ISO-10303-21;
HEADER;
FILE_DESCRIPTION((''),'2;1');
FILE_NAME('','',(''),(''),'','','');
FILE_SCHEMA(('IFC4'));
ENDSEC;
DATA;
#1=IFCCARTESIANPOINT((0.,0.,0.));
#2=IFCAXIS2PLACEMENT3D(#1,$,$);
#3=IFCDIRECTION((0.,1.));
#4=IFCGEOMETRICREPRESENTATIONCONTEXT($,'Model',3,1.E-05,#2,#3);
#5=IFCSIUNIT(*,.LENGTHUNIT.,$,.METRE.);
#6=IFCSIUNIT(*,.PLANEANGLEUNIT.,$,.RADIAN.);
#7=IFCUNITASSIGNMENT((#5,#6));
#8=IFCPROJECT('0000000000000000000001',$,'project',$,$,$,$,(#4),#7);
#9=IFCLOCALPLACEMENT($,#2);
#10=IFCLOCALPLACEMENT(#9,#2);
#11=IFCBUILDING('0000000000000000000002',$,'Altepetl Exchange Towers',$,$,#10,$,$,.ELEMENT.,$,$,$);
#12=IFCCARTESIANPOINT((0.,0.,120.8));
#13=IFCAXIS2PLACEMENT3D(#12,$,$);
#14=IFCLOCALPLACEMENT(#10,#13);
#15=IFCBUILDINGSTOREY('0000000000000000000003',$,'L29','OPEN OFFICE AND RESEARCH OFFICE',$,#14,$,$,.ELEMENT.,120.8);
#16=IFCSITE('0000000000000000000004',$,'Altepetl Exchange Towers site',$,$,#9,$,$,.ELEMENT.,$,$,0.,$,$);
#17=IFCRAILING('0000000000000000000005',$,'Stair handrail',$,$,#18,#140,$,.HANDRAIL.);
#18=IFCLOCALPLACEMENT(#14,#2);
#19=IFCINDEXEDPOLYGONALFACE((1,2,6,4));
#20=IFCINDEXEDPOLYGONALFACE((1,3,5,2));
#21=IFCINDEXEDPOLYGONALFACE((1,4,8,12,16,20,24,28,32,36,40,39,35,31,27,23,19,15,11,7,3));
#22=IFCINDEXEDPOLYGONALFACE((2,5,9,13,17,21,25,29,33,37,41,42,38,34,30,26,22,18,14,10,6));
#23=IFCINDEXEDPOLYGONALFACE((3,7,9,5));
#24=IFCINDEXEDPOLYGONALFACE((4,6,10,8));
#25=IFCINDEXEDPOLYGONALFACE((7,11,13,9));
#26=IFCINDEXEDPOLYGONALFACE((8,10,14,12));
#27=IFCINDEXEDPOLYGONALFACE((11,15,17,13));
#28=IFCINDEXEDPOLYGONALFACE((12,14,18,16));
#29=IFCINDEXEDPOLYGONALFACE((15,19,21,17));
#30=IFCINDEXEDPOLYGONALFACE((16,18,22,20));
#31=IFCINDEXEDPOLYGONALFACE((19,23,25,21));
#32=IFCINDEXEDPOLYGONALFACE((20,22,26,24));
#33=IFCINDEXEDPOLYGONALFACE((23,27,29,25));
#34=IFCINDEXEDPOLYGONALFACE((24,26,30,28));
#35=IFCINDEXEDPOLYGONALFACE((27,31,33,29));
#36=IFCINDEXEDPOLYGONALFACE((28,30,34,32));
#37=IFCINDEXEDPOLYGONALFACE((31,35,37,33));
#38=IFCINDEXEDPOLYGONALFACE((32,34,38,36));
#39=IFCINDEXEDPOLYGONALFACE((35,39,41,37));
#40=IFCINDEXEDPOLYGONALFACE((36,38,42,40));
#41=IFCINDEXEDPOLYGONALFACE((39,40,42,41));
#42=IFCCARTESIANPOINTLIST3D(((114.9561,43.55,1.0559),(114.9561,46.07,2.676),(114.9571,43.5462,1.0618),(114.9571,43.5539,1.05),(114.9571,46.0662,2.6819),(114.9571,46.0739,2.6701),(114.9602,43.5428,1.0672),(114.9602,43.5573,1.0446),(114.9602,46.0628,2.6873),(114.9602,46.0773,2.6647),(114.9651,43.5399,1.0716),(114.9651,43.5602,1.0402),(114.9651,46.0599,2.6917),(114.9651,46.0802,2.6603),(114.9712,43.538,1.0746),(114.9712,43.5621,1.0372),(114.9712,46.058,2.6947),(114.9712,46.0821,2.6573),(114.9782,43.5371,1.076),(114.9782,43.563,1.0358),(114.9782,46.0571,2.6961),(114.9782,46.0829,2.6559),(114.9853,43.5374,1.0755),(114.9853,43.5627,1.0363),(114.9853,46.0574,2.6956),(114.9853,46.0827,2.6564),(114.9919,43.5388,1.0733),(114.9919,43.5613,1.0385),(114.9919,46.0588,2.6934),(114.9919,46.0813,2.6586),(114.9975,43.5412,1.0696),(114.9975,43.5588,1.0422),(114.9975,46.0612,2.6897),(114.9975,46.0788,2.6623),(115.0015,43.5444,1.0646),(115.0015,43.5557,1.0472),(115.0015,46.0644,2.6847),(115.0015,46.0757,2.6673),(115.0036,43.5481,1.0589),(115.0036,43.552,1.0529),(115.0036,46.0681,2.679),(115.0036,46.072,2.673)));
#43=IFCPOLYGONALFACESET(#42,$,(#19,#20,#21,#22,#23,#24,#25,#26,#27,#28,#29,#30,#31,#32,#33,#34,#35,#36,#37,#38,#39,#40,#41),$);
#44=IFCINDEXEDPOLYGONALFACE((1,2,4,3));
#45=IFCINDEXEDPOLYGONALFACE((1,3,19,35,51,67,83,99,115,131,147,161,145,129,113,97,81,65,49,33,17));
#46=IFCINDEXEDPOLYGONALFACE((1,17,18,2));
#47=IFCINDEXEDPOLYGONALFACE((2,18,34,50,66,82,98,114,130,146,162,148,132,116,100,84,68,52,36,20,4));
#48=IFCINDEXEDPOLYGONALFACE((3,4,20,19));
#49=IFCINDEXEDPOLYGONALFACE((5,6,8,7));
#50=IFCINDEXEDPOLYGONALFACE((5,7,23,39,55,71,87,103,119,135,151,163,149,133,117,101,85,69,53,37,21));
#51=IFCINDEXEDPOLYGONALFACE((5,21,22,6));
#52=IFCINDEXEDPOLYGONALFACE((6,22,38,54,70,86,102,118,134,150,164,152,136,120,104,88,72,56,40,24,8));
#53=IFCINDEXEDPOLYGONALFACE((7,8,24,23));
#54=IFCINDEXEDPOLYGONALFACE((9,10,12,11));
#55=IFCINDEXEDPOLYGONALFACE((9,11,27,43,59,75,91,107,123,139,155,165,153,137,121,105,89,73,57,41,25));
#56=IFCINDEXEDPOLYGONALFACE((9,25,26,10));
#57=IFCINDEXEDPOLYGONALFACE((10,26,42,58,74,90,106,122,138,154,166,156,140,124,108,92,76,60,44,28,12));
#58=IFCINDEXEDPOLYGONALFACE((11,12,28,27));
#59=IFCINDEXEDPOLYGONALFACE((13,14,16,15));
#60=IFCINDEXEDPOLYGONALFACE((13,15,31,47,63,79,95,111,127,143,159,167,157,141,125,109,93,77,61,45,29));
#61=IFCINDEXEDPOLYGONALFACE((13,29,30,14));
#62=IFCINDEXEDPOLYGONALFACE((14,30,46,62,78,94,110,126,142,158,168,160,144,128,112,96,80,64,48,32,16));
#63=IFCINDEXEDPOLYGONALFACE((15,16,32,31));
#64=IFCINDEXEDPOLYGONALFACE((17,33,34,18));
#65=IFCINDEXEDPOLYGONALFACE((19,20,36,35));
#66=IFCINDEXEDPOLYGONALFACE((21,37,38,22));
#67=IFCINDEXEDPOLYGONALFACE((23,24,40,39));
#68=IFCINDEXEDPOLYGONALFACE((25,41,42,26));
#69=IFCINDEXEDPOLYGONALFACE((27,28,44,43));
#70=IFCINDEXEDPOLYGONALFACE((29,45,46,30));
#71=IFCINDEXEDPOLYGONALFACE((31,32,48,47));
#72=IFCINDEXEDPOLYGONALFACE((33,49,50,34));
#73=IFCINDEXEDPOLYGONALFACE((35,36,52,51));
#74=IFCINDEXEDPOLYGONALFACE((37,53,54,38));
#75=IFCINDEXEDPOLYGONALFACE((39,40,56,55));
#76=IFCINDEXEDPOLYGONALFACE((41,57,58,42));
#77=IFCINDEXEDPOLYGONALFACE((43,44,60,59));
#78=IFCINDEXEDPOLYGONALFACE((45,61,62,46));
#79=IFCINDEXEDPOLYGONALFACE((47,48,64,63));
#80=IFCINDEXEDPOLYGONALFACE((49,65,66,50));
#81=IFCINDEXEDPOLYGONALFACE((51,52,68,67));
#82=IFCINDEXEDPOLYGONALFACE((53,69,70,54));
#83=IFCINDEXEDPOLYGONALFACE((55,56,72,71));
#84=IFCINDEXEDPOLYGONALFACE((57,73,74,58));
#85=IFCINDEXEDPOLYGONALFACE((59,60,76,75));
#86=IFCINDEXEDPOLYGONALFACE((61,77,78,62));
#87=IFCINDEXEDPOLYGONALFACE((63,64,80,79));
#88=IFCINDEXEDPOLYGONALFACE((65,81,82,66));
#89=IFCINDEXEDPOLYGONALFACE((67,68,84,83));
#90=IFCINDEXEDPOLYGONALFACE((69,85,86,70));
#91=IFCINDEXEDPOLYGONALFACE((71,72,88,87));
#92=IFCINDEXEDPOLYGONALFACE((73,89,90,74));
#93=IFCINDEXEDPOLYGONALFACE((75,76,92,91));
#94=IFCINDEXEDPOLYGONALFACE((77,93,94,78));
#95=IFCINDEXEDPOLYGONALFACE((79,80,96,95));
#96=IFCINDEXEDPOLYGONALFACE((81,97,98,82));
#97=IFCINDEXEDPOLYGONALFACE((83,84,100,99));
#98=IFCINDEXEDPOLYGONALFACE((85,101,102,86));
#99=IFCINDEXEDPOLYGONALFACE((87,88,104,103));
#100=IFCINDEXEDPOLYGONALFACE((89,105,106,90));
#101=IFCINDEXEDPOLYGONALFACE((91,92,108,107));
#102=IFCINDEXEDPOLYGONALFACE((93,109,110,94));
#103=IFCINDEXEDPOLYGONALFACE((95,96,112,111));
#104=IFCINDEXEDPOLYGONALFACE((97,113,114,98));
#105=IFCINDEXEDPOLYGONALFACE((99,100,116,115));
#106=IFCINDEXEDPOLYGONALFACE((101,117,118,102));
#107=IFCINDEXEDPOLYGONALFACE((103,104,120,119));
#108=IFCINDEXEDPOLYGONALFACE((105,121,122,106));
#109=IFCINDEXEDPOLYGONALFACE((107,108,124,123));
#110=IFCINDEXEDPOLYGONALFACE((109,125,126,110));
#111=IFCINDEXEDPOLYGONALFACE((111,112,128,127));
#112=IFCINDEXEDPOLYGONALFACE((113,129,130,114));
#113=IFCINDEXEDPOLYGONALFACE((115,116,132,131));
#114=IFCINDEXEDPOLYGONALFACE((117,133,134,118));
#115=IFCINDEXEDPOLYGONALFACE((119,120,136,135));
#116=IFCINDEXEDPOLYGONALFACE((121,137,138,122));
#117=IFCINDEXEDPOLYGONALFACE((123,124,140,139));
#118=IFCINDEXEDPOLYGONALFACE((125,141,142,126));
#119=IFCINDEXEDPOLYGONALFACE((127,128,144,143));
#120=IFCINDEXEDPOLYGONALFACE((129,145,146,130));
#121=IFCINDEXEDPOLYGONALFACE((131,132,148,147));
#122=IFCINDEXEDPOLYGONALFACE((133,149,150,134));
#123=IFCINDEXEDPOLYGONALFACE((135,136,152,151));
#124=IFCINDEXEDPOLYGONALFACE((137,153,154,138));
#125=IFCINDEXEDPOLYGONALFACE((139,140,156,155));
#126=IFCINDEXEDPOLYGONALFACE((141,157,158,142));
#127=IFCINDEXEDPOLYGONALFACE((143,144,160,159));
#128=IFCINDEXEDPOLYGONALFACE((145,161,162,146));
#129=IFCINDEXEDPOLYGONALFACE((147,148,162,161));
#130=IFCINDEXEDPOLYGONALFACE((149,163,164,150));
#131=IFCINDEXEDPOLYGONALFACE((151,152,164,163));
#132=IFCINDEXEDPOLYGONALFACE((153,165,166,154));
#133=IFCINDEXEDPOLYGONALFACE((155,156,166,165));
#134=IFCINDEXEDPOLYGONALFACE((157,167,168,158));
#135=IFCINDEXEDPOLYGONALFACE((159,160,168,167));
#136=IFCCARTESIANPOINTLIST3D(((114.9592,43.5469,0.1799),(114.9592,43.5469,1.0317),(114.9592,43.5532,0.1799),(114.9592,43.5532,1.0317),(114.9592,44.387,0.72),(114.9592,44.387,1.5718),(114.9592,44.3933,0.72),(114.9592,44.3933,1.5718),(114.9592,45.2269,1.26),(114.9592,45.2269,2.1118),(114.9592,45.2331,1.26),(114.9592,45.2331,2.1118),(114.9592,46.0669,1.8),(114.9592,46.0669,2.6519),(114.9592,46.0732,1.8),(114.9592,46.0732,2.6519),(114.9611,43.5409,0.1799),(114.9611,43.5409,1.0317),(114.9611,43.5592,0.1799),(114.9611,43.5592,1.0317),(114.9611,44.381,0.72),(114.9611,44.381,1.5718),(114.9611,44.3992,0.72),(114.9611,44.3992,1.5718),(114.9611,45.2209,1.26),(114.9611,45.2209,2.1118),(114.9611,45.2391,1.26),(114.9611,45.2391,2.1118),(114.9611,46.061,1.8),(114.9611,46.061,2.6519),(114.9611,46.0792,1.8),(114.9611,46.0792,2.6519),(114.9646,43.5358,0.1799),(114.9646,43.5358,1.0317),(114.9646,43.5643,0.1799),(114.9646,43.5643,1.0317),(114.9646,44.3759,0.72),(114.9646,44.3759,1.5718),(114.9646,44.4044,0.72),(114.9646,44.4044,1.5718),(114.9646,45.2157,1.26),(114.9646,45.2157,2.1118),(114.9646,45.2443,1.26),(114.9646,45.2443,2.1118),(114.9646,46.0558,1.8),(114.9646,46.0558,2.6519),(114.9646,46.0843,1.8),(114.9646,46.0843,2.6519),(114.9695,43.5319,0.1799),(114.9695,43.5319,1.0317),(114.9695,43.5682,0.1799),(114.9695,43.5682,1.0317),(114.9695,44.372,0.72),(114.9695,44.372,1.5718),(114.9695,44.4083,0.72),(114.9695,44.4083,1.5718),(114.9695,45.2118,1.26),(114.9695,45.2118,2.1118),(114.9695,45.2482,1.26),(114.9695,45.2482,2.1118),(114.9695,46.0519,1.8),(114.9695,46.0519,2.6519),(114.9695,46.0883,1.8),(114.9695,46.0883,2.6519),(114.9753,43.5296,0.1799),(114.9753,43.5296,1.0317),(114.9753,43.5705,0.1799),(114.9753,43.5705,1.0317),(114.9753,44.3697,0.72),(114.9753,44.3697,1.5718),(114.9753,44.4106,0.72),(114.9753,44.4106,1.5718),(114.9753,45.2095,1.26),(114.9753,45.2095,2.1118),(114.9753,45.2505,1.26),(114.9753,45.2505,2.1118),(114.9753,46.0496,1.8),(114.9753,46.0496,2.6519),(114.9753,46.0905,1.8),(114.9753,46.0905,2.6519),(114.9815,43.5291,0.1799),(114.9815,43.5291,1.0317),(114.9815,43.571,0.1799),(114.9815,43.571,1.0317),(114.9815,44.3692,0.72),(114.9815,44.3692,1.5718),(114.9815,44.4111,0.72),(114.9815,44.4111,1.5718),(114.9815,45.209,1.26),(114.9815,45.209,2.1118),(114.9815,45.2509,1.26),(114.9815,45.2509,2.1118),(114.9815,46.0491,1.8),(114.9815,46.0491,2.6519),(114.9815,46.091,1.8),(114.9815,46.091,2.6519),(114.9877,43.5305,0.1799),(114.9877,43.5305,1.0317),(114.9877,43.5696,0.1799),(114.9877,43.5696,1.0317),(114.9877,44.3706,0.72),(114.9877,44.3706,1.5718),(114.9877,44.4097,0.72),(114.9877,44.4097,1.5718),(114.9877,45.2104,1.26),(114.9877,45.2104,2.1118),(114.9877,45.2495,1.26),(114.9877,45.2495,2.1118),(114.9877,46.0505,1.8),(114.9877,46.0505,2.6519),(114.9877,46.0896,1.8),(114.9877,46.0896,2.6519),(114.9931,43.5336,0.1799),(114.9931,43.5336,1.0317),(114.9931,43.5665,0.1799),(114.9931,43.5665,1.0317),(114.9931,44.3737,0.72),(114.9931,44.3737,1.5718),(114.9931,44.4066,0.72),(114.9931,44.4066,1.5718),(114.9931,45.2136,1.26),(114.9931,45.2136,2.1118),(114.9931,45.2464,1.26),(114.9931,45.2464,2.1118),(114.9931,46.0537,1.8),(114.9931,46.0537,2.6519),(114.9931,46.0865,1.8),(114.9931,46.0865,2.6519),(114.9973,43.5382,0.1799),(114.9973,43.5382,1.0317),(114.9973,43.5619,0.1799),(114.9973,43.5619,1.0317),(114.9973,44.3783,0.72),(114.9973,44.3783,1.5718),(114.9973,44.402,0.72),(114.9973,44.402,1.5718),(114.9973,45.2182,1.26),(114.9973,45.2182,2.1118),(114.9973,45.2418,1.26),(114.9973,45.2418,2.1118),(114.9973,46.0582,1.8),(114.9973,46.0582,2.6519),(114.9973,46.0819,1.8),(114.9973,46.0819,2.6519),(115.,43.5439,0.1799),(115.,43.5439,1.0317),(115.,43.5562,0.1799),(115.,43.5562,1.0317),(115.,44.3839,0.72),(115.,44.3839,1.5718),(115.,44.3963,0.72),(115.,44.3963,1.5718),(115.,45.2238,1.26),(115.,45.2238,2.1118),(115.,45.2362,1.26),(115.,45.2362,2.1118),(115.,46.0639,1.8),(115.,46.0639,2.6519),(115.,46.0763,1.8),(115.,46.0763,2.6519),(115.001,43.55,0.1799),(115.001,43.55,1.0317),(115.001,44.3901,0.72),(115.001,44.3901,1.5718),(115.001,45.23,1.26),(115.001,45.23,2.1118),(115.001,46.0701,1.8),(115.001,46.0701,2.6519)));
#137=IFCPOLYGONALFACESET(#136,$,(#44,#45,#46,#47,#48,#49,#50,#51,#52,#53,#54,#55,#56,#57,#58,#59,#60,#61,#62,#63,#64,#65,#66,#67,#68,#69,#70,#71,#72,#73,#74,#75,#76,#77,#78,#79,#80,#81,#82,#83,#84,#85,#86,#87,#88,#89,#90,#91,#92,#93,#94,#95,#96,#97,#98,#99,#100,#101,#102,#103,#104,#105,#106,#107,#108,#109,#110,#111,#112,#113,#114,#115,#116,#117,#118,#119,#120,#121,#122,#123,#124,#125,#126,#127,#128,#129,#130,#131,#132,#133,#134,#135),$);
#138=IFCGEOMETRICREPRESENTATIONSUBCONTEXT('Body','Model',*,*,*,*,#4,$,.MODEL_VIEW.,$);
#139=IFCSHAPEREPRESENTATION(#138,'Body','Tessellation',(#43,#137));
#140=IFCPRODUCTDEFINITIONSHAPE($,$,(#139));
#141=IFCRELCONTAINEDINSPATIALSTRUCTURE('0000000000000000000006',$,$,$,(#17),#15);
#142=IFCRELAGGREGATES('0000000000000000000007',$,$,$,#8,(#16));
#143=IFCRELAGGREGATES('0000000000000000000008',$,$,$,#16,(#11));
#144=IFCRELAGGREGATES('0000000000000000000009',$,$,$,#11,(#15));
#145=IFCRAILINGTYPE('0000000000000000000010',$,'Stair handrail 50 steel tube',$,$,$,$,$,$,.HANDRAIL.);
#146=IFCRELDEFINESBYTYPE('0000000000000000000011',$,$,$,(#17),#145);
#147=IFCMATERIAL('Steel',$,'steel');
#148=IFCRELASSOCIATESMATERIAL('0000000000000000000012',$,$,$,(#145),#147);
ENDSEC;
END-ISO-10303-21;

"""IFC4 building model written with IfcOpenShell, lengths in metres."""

from ifc_helpers import new_model, si_unit, direction, frame, origin, origin_2d, place, context, subcontext, project, spatial, circle, extrude, source, transform, mapped, material, type_object, element, save


model = new_model("IFC4")

# Units and contexts
model_context = context("Model", 3, precision=1e-05, world=origin(), true_north=direction((0.0, 1.0)))
body_context = subcontext(model_context, "Body", "Model", "MODEL_VIEW")
ifc_project = project(units=[si_unit("LENGTHUNIT", "METRE"), si_unit("PLANEANGLEUNIT", "RADIAN")], contexts=[model_context])

# Site, building, storey
site_placement = place(None, origin())
site = spatial("IfcSite", under=ifc_project, at=site_placement, Name="Altepetl Exchange Towers site", CompositionType="ELEMENT", RefElevation=0.0)
building_placement = place(site_placement, origin())
building = spatial("IfcBuilding", under=site, at=building_placement, Name="Altepetl Exchange Towers", CompositionType="ELEMENT")
storey_placement = place(building_placement, frame((0.0, 0.0, 120.8)))
storey = spatial("IfcBuildingStorey", under=building, at=storey_placement, Name="L29", Description="OPEN OFFICE AND RESEARCH OFFICE", CompositionType="ELEMENT", Elevation=120.8)

# Railing
ifc_material_1 = material(Name="Steel", Category="steel")
railing_type = type_object("IfcRailingType", Name="Stair handrail 50 steel tube", PredefinedType="HANDRAIL", material=ifc_material_1)
shared_shape = source(origin(), body_context, "Body", "SweptSolid", [
    extrude(circle(Radius=0.021, at=origin_2d()), origin(), (0.0, 0.0, 1.0), 0.8518),
])
railing_1_placement = place(storey_placement, frame((114.98, 43.55, 0.1799)))
element("IfcRailing", 1, at=railing_1_placement, inside=storey, type_object=railing_type, Name="Stair handrail", PredefinedType="HANDRAIL", context=body_context, shape_type="SweptSolid", body=[
    extrude(circle(Radius=0.0239, at=origin_2d()), frame((0.0, 0.0, 0.876), z_axis=(0.0, 0.841163, 0.540782), x_axis=(-1.0, 0.0, 0.0)), (0.0, 0.0, 1.0), 2.9958),
    mapped(shared_shape, transform((0.0, 0.0, 0.0))),
    mapped(shared_shape, transform((0.0, 0.8401, 0.54))),
    mapped(shared_shape, transform((0.0, 1.6799, 1.0801))),
    mapped(shared_shape, transform((0.0, 2.52, 1.6201))),
])

save(model, "model.ifc")
